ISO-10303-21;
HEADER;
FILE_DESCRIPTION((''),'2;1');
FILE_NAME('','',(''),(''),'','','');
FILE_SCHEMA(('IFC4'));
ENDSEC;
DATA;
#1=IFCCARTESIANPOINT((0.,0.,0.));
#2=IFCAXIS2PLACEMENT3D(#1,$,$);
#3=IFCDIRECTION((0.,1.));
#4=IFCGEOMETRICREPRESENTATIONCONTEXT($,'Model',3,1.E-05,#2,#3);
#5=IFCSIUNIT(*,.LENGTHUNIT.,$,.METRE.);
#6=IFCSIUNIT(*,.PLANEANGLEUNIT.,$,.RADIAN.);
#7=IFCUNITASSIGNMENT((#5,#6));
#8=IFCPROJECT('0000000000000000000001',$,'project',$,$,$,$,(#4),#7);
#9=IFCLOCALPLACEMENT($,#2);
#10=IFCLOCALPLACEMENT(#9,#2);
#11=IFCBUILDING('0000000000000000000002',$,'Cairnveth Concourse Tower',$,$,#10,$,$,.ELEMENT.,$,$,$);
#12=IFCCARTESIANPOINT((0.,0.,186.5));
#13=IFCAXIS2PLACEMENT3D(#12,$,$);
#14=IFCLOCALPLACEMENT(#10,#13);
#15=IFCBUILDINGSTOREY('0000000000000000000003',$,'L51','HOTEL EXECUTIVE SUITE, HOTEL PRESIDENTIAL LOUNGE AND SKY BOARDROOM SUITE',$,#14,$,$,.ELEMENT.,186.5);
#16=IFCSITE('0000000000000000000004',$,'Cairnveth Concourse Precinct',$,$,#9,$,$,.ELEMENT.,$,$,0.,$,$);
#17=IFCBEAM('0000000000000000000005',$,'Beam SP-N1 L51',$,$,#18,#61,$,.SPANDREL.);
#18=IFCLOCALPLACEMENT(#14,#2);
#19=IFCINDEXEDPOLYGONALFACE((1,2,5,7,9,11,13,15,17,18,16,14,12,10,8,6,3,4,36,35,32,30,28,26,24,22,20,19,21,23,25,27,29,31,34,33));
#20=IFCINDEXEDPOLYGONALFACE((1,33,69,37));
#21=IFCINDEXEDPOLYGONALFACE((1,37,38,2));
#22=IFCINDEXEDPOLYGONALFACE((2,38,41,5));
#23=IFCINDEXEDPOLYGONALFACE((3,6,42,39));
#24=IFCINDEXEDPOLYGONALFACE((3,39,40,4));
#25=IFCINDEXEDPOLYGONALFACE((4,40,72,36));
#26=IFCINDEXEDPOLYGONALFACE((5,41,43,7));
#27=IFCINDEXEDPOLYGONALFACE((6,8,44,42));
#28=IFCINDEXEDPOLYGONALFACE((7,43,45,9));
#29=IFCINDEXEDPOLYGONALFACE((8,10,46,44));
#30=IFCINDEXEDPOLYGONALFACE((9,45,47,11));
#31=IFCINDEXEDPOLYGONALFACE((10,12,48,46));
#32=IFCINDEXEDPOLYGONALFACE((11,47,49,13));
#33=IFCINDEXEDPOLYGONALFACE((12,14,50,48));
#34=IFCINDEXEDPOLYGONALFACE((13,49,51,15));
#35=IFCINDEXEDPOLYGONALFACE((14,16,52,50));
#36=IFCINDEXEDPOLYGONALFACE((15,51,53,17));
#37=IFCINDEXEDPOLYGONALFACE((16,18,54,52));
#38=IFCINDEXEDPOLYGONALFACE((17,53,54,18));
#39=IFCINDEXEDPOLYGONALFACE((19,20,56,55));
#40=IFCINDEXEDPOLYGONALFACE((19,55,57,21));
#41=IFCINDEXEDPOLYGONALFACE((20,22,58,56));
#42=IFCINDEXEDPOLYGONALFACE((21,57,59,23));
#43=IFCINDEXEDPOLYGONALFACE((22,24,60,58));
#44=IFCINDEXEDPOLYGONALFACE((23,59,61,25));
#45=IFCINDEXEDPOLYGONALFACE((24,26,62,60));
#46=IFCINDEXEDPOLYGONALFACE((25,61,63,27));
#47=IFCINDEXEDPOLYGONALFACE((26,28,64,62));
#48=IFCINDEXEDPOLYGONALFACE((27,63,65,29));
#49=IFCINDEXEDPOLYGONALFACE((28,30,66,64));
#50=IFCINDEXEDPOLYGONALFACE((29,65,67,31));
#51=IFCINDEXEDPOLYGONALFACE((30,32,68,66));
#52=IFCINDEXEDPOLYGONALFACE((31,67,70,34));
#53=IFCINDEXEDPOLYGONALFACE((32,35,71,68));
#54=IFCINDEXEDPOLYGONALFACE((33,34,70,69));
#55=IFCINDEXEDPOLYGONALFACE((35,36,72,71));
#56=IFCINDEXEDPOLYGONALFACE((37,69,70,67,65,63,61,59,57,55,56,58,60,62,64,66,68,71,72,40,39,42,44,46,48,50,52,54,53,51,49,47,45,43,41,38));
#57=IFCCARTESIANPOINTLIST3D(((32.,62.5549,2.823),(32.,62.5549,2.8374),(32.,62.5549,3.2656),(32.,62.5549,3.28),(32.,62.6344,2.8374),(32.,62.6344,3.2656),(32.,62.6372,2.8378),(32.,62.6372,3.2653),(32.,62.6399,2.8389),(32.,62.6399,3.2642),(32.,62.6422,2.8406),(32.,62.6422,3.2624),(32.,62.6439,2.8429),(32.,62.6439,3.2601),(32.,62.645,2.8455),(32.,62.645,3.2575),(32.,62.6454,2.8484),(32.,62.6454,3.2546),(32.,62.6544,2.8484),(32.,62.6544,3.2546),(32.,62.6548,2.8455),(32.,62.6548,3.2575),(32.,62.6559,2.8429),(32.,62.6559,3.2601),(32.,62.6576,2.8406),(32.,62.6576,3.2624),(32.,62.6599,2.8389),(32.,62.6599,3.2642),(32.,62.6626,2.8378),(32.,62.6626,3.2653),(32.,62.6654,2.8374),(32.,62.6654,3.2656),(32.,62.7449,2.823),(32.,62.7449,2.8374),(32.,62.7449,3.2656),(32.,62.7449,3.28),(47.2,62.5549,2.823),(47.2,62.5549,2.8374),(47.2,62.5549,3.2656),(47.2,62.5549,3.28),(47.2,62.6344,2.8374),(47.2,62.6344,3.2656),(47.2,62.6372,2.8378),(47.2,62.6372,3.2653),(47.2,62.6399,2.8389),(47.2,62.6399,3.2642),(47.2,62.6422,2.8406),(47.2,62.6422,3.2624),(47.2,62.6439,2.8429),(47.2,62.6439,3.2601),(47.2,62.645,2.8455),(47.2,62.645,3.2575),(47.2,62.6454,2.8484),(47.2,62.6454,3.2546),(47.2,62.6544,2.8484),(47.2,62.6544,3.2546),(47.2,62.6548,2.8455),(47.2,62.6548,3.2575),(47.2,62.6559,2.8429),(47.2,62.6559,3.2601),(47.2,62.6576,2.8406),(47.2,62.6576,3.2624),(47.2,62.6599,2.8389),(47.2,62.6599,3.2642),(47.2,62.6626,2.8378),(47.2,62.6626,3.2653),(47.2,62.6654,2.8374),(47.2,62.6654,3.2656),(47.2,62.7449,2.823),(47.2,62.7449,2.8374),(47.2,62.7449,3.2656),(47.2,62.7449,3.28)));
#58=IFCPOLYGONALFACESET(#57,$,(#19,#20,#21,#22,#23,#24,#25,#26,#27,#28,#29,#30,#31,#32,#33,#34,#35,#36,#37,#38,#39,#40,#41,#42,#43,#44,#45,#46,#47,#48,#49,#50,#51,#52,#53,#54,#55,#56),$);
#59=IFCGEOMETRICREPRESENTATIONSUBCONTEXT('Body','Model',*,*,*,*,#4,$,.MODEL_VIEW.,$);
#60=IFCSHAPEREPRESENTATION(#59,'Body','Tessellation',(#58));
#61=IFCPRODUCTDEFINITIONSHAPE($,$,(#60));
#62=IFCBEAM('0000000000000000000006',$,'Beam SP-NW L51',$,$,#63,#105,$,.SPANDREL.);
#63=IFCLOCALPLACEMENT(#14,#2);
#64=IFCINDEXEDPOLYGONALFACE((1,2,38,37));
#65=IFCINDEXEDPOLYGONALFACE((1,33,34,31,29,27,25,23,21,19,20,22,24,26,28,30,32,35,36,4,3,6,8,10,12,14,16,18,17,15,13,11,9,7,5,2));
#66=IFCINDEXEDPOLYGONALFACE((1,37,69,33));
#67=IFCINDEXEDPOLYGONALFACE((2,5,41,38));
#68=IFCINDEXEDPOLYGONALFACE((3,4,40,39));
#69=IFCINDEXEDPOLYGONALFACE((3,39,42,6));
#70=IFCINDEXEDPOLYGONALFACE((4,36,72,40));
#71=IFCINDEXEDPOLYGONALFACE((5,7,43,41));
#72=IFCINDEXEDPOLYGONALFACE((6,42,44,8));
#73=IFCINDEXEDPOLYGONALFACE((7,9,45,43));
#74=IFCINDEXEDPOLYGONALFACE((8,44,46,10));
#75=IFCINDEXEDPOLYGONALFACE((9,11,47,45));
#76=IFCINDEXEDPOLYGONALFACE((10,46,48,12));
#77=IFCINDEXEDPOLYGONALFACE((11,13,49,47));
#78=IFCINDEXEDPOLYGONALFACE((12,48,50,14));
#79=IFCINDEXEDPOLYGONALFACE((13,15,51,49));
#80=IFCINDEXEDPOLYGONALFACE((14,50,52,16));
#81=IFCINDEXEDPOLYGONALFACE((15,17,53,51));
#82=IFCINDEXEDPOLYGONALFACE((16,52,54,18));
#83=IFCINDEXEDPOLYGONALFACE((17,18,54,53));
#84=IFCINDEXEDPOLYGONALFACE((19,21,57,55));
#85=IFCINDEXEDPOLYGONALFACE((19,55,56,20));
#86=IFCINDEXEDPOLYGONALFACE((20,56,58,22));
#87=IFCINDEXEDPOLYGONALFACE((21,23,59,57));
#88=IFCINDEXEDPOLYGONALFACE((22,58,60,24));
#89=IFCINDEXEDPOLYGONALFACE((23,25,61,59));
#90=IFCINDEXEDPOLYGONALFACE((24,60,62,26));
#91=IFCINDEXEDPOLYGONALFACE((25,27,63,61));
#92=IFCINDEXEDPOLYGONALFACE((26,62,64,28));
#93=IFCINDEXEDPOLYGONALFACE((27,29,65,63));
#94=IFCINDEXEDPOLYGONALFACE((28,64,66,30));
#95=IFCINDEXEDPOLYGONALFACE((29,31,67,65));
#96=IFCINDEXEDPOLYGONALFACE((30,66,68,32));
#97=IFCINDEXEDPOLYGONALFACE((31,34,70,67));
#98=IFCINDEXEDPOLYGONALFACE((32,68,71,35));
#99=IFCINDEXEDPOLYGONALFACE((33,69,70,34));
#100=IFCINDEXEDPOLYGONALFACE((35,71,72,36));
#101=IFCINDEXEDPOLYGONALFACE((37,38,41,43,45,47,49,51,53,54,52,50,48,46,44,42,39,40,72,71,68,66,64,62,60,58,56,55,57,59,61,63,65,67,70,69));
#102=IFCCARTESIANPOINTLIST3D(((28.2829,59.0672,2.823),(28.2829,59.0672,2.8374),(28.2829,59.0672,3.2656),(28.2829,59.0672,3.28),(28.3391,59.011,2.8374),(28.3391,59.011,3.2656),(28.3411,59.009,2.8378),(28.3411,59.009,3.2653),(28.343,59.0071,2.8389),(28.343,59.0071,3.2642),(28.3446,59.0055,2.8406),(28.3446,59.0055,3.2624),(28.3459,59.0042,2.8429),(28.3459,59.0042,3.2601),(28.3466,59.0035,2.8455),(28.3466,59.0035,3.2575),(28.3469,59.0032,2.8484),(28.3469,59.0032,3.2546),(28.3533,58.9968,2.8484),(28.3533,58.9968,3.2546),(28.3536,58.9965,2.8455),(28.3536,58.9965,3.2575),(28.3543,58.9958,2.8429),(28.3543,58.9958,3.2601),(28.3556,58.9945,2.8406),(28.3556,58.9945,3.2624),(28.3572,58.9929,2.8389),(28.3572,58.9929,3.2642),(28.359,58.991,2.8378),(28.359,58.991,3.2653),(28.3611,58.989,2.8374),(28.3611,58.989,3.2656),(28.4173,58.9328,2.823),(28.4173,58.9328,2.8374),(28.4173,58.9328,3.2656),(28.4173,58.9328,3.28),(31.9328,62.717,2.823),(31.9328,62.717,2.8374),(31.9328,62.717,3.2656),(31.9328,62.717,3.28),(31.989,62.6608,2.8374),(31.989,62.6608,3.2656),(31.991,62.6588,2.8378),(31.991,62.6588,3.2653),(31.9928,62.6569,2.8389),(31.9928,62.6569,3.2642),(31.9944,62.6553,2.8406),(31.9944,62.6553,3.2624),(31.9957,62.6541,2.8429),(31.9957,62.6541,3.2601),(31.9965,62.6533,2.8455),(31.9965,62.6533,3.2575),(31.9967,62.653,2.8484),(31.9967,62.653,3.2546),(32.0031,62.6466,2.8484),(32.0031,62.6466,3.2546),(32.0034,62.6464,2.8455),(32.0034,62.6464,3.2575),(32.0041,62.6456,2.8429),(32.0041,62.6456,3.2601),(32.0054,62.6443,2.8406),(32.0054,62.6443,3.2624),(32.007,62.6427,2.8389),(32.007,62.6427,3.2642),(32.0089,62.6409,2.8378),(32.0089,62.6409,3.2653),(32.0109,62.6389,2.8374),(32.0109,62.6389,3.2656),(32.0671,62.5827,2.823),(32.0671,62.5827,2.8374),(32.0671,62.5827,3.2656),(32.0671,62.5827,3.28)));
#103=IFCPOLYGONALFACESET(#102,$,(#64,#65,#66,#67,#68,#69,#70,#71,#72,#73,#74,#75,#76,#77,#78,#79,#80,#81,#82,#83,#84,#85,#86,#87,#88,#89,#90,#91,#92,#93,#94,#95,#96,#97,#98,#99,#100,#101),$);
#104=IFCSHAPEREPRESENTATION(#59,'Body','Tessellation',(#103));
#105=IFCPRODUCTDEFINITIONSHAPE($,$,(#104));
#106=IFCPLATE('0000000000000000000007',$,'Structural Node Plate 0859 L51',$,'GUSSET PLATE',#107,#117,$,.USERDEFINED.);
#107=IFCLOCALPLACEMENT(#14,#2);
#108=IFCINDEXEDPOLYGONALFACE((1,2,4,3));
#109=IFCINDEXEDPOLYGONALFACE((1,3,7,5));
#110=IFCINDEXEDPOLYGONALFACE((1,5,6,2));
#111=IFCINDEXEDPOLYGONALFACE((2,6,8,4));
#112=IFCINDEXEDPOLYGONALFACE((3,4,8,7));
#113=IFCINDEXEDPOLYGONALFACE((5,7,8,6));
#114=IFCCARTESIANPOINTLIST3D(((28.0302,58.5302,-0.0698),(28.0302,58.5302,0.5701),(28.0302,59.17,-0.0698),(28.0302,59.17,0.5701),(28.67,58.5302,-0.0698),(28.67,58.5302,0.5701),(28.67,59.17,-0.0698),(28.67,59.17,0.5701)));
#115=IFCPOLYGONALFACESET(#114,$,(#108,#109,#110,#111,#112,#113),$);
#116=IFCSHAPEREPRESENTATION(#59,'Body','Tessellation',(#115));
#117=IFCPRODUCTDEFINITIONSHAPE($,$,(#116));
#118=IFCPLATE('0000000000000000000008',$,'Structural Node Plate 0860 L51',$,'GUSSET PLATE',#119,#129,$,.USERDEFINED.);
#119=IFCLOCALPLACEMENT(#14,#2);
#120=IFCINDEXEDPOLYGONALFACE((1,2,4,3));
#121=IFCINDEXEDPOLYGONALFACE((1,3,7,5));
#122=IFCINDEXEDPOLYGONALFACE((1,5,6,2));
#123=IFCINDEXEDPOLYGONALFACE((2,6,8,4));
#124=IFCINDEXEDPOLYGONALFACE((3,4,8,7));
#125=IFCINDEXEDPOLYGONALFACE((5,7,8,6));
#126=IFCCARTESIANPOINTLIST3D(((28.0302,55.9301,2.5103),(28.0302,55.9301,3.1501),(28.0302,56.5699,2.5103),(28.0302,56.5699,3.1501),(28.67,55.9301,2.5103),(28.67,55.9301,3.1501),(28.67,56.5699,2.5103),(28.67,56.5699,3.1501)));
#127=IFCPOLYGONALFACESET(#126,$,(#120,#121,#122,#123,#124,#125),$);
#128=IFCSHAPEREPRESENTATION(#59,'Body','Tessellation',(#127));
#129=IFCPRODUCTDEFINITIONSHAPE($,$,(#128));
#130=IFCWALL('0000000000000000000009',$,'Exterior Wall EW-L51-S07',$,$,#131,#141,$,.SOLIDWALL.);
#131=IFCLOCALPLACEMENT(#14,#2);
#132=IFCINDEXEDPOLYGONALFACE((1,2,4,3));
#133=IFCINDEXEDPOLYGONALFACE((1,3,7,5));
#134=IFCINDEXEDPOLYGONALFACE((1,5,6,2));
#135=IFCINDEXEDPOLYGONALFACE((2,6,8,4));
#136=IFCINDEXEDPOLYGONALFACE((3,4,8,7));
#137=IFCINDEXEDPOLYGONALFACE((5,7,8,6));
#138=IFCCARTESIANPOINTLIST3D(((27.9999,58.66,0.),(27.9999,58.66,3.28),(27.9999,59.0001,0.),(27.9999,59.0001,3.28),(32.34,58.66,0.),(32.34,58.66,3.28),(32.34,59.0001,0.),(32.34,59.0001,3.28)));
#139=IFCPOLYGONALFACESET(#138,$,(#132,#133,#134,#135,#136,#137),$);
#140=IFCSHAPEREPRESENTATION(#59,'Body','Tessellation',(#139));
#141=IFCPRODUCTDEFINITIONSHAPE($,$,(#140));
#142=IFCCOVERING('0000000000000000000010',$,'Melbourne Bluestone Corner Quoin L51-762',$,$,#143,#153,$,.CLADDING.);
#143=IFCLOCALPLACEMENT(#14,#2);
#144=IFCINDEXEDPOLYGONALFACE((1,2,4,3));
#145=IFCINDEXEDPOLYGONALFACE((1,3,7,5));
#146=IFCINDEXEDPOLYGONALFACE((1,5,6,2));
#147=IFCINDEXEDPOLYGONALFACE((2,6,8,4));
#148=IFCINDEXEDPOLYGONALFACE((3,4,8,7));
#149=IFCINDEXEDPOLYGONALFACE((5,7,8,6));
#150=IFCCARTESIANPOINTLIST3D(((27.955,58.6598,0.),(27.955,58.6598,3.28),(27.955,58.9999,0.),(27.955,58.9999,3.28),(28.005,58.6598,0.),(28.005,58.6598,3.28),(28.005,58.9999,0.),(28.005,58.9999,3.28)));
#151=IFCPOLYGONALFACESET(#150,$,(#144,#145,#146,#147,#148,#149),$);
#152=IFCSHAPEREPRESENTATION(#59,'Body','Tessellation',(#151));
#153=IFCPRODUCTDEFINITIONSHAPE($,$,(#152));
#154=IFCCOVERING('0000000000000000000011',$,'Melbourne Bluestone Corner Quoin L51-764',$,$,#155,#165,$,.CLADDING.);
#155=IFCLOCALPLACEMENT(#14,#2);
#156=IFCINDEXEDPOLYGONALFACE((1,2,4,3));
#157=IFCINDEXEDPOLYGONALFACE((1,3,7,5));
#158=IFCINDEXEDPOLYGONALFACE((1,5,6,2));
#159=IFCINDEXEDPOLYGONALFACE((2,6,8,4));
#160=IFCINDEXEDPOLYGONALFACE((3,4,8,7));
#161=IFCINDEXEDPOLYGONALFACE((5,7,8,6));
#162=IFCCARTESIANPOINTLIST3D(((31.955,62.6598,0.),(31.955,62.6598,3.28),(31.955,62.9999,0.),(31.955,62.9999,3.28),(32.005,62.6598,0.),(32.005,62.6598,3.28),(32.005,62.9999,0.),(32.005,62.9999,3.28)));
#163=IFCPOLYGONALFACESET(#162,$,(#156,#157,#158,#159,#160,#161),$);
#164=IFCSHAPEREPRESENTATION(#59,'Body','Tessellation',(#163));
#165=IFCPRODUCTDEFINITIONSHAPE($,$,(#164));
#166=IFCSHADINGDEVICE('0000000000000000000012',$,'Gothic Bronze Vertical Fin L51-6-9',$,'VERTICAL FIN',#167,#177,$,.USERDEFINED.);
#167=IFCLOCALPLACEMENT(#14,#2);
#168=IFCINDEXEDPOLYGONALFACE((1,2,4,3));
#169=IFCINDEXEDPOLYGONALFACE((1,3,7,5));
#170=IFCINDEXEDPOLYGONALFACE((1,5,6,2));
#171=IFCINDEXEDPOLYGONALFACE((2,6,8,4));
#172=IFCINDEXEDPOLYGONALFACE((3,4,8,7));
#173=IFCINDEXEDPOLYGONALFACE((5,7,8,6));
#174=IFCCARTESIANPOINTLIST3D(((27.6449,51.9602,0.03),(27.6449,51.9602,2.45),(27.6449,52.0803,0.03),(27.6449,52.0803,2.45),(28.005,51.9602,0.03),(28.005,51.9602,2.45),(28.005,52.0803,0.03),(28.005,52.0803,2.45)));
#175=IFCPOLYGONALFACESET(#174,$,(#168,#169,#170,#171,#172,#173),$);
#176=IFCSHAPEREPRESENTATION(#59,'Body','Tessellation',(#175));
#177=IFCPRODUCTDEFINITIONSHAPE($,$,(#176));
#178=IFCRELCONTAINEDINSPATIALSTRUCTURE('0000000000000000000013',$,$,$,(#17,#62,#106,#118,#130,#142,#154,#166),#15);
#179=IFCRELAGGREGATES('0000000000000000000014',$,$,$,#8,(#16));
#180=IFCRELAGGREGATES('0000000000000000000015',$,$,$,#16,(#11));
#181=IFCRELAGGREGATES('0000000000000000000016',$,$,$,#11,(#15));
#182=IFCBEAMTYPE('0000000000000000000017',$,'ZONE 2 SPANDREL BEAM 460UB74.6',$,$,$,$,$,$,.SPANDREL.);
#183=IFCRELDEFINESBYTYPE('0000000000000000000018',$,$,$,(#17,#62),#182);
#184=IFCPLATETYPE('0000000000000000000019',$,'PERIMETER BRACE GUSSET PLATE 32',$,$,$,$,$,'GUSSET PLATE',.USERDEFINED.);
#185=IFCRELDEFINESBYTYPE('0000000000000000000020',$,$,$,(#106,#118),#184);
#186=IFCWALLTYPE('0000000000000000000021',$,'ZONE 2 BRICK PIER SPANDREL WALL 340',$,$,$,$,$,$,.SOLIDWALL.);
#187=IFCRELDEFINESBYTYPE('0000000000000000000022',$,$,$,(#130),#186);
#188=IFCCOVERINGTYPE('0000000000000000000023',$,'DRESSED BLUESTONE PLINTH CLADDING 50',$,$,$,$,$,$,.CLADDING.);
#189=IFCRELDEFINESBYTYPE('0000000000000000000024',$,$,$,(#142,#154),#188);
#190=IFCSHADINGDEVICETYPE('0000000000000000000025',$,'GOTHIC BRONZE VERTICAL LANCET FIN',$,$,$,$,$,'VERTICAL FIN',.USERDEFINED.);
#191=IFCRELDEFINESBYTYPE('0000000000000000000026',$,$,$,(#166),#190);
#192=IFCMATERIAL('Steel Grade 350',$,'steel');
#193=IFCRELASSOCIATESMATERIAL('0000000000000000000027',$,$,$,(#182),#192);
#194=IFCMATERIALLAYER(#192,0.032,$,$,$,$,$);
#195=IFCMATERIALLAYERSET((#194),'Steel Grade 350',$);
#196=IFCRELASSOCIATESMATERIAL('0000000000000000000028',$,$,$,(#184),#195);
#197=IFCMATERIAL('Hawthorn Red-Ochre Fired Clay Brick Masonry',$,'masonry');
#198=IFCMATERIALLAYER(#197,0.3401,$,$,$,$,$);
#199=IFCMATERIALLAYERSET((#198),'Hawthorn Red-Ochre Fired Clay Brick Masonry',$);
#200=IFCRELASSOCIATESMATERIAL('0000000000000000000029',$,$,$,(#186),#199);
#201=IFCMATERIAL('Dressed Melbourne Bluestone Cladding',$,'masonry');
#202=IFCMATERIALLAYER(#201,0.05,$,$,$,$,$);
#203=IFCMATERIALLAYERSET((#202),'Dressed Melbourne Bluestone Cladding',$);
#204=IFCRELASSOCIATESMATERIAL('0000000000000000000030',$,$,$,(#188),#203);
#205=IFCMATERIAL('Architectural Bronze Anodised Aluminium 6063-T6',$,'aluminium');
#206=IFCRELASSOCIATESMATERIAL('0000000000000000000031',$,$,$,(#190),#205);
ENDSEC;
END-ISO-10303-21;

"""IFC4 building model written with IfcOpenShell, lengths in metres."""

from ifc_helpers import new_model, si_unit, direction, frame, frame_2d, origin, origin_2d, place, context, subcontext, project, spatial, rectangle, i_section, extrude, material, layer, layer_set, material_profile, profile_set, type_object, element, save


model = new_model("IFC4")

# Units and contexts
model_context = context("Model", 3, precision=1e-05, world=origin(), true_north=direction((0.0, 1.0)))
body_context = subcontext(model_context, "Body", "Model", "MODEL_VIEW")
ifc_project = project(units=[si_unit("LENGTHUNIT", "METRE"), si_unit("PLANEANGLEUNIT", "RADIAN")], contexts=[model_context])

# Site, building, storey
site_placement = place(None, origin())
site = spatial("IfcSite", under=ifc_project, at=site_placement, Name="Cairnveth Concourse Precinct", CompositionType="ELEMENT", RefElevation=0.0)
building_placement = place(site_placement, origin())
building = spatial("IfcBuilding", under=site, at=building_placement, Name="Cairnveth Concourse Tower", CompositionType="ELEMENT")
storey_placement = place(building_placement, frame((0.0, 0.0, 186.5)))
storey = spatial("IfcBuildingStorey", under=building, at=storey_placement, Name="L51", Description="HOTEL EXECUTIVE SUITE, HOTEL PRESIDENTIAL LOUNGE AND SKY BOARDROOM SUITE", CompositionType="ELEMENT", Elevation=186.5)

# Shared definitions
ifc_material_1 = material(Name="Steel Grade 350", Category="steel")

# Beams
ifc_material_profile_1 = material_profile(ifc_material_1, i_section(OverallWidth=0.1899, OverallDepth=0.457, WebThickness=0.009, FlangeThickness=0.0144, FilletRadius=0.011, at=origin_2d()), Name="460UB74.6")
ifc_profile_set_1 = profile_set([ifc_material_profile_1], Name="Steel Grade 350")
beam_type_1 = type_object("IfcBeamType", Name="ZONE 2 SPANDREL BEAM 460UB74.6", PredefinedType="SPANDREL", material=ifc_profile_set_1)
beam_1_placement = place(storey_placement, frame((32.0, 62.6499, 3.0515), z_axis=(1.0, 0.0, 0.0), x_axis=(0.0, 1.0, 0.0)))
element("IfcBeam", 1, at=beam_1_placement, inside=storey, type_object=beam_type_1, Name="Beam SP-N1 L51", PredefinedType="SPANDREL", context=body_context, shape_type="SweptSolid", body=[
    extrude(i_section(OverallWidth=0.1899, OverallDepth=0.457, WebThickness=0.009, FlangeThickness=0.0144, FilletRadius=0.011, at=origin_2d()), origin(), (0.0, 0.0, 1.0), 15.2),
])
beam_2_placement = place(storey_placement, frame((28.3501, 59.0, 3.0515), z_axis=(0.707107, 0.707107, 0.0), x_axis=(-0.707107, 0.707107, 0.0)))
element("IfcBeam", 2, at=beam_2_placement, inside=storey, type_object=beam_type_1, Name="Beam SP-NW L51", PredefinedType="SPANDREL", context=body_context, shape_type="SweptSolid", body=[
    extrude(i_section(OverallWidth=0.1899, OverallDepth=0.457, WebThickness=0.009, FlangeThickness=0.0144, FilletRadius=0.011, at=origin_2d()), origin(), (0.0, 0.0, 1.0), 5.1616),
])

# Plates
ifc_layer_1 = layer(ifc_material_1, 0.032)
ifc_layer_set_1 = layer_set([ifc_layer_1], Name="Steel Grade 350")
plate_type = type_object("IfcPlateType", Name="PERIMETER BRACE GUSSET PLATE 32", ElementType="GUSSET PLATE", PredefinedType="USERDEFINED", material=ifc_layer_set_1)
for number, where, z_axis, x_axis, name in (
    (3, (28.3501, 58.8501, -0.0698), (0.0, 0.0, 1.0), (1.0, 0.0, 0.0), "Structural Node Plate 0859 L51"),
    (4, (28.3501, 56.25, 2.5103), (0.0, 0.0, 1.0), (1.0, 0.0, 0.0), "Structural Node Plate 0860 L51"),
):
    element("IfcPlate", number, at=place(storey_placement, frame(where, z_axis=z_axis, x_axis=x_axis)), inside=storey, type_object=plate_type, Name=name, ObjectType="GUSSET PLATE", PredefinedType="USERDEFINED", context=body_context, shape_type="SweptSolid", body=[
        extrude(rectangle(XDim=0.6399, YDim=0.6399, at=origin_2d()), origin(), (0.0, 0.0, 1.0), 0.6399),
    ])

# Wall
ifc_material_2 = material(Name="Hawthorn Red-Ochre Fired Clay Brick Masonry", Category="masonry")
ifc_layer_2 = layer(ifc_material_2, 0.3401)
ifc_layer_set_2 = layer_set([ifc_layer_2], Name="Hawthorn Red-Ochre Fired Clay Brick Masonry")
wall_type = type_object("IfcWallType", Name="ZONE 2 BRICK PIER SPANDREL WALL 340", PredefinedType="SOLIDWALL", material=ifc_layer_set_2)
wall_1_placement = place(storey_placement, frame((28.0, 58.8301, 0.0), z_axis=(0.0, 0.0, 1.0), x_axis=(1.0, 0.0, 0.0)))
element("IfcWall", 5, at=wall_1_placement, inside=storey, type_object=wall_type, Name="Exterior Wall EW-L51-S07", PredefinedType="SOLIDWALL", context=body_context, shape_type="SweptSolid", body=[
    extrude(rectangle(XDim=4.3401, YDim=0.3401, at=frame_2d((2.1699, 0.0))), origin(), (0.0, 0.0, 1.0), 3.28),
])

# Coverings
ifc_material_3 = material(Name="Dressed Melbourne Bluestone Cladding", Category="masonry")
ifc_layer_3 = layer(ifc_material_3, 0.05)
ifc_layer_set_3 = layer_set([ifc_layer_3], Name="Dressed Melbourne Bluestone Cladding")
covering_type = type_object("IfcCoveringType", Name="DRESSED BLUESTONE PLINTH CLADDING 50", PredefinedType="CLADDING", material=ifc_layer_set_3)
for number, where, z_axis, x_axis, name in (
    (6, (27.98, 58.6599, 0.0), (0.0, 0.0, 1.0), (0.0, 1.0, 0.0), "Melbourne Bluestone Corner Quoin L51-762"),
    (7, (31.98, 62.6599, 0.0), (0.0, 0.0, 1.0), (0.0, 1.0, 0.0), "Melbourne Bluestone Corner Quoin L51-764"),
):
    element("IfcCovering", number, at=place(storey_placement, frame(where, z_axis=z_axis, x_axis=x_axis)), inside=storey, type_object=covering_type, Name=name, PredefinedType="CLADDING", context=body_context, shape_type="SweptSolid", body=[
        extrude(rectangle(XDim=0.3401, YDim=0.05, at=frame_2d((0.1699, 0.0))), origin(), (0.0, 0.0, 1.0), 3.28),
    ])

# Shading device
ifc_material_4 = material(Name="Architectural Bronze Anodised Aluminium 6063-T6", Category="aluminium")
shading_device_type = type_object("IfcShadingDeviceType", Name="GOTHIC BRONZE VERTICAL LANCET FIN", ElementType="VERTICAL FIN", PredefinedType="USERDEFINED", material=ifc_material_4)
shading_device_placement = place(storey_placement, frame((27.825, 52.0203, 0.03), z_axis=(0.0, 0.0, 1.0), x_axis=(0.0, 1.0, 0.0)))
element("IfcShadingDevice", 8, at=shading_device_placement, inside=storey, type_object=shading_device_type, Name="Gothic Bronze Vertical Fin L51-6-9", ObjectType="VERTICAL FIN", PredefinedType="USERDEFINED", context=body_context, shape_type="SweptSolid", body=[
    extrude(rectangle(XDim=0.1201, YDim=0.3601, at=origin_2d()), origin(), (0.0, 0.0, 1.0), 2.4199),
])

save(model, "model.ifc")
